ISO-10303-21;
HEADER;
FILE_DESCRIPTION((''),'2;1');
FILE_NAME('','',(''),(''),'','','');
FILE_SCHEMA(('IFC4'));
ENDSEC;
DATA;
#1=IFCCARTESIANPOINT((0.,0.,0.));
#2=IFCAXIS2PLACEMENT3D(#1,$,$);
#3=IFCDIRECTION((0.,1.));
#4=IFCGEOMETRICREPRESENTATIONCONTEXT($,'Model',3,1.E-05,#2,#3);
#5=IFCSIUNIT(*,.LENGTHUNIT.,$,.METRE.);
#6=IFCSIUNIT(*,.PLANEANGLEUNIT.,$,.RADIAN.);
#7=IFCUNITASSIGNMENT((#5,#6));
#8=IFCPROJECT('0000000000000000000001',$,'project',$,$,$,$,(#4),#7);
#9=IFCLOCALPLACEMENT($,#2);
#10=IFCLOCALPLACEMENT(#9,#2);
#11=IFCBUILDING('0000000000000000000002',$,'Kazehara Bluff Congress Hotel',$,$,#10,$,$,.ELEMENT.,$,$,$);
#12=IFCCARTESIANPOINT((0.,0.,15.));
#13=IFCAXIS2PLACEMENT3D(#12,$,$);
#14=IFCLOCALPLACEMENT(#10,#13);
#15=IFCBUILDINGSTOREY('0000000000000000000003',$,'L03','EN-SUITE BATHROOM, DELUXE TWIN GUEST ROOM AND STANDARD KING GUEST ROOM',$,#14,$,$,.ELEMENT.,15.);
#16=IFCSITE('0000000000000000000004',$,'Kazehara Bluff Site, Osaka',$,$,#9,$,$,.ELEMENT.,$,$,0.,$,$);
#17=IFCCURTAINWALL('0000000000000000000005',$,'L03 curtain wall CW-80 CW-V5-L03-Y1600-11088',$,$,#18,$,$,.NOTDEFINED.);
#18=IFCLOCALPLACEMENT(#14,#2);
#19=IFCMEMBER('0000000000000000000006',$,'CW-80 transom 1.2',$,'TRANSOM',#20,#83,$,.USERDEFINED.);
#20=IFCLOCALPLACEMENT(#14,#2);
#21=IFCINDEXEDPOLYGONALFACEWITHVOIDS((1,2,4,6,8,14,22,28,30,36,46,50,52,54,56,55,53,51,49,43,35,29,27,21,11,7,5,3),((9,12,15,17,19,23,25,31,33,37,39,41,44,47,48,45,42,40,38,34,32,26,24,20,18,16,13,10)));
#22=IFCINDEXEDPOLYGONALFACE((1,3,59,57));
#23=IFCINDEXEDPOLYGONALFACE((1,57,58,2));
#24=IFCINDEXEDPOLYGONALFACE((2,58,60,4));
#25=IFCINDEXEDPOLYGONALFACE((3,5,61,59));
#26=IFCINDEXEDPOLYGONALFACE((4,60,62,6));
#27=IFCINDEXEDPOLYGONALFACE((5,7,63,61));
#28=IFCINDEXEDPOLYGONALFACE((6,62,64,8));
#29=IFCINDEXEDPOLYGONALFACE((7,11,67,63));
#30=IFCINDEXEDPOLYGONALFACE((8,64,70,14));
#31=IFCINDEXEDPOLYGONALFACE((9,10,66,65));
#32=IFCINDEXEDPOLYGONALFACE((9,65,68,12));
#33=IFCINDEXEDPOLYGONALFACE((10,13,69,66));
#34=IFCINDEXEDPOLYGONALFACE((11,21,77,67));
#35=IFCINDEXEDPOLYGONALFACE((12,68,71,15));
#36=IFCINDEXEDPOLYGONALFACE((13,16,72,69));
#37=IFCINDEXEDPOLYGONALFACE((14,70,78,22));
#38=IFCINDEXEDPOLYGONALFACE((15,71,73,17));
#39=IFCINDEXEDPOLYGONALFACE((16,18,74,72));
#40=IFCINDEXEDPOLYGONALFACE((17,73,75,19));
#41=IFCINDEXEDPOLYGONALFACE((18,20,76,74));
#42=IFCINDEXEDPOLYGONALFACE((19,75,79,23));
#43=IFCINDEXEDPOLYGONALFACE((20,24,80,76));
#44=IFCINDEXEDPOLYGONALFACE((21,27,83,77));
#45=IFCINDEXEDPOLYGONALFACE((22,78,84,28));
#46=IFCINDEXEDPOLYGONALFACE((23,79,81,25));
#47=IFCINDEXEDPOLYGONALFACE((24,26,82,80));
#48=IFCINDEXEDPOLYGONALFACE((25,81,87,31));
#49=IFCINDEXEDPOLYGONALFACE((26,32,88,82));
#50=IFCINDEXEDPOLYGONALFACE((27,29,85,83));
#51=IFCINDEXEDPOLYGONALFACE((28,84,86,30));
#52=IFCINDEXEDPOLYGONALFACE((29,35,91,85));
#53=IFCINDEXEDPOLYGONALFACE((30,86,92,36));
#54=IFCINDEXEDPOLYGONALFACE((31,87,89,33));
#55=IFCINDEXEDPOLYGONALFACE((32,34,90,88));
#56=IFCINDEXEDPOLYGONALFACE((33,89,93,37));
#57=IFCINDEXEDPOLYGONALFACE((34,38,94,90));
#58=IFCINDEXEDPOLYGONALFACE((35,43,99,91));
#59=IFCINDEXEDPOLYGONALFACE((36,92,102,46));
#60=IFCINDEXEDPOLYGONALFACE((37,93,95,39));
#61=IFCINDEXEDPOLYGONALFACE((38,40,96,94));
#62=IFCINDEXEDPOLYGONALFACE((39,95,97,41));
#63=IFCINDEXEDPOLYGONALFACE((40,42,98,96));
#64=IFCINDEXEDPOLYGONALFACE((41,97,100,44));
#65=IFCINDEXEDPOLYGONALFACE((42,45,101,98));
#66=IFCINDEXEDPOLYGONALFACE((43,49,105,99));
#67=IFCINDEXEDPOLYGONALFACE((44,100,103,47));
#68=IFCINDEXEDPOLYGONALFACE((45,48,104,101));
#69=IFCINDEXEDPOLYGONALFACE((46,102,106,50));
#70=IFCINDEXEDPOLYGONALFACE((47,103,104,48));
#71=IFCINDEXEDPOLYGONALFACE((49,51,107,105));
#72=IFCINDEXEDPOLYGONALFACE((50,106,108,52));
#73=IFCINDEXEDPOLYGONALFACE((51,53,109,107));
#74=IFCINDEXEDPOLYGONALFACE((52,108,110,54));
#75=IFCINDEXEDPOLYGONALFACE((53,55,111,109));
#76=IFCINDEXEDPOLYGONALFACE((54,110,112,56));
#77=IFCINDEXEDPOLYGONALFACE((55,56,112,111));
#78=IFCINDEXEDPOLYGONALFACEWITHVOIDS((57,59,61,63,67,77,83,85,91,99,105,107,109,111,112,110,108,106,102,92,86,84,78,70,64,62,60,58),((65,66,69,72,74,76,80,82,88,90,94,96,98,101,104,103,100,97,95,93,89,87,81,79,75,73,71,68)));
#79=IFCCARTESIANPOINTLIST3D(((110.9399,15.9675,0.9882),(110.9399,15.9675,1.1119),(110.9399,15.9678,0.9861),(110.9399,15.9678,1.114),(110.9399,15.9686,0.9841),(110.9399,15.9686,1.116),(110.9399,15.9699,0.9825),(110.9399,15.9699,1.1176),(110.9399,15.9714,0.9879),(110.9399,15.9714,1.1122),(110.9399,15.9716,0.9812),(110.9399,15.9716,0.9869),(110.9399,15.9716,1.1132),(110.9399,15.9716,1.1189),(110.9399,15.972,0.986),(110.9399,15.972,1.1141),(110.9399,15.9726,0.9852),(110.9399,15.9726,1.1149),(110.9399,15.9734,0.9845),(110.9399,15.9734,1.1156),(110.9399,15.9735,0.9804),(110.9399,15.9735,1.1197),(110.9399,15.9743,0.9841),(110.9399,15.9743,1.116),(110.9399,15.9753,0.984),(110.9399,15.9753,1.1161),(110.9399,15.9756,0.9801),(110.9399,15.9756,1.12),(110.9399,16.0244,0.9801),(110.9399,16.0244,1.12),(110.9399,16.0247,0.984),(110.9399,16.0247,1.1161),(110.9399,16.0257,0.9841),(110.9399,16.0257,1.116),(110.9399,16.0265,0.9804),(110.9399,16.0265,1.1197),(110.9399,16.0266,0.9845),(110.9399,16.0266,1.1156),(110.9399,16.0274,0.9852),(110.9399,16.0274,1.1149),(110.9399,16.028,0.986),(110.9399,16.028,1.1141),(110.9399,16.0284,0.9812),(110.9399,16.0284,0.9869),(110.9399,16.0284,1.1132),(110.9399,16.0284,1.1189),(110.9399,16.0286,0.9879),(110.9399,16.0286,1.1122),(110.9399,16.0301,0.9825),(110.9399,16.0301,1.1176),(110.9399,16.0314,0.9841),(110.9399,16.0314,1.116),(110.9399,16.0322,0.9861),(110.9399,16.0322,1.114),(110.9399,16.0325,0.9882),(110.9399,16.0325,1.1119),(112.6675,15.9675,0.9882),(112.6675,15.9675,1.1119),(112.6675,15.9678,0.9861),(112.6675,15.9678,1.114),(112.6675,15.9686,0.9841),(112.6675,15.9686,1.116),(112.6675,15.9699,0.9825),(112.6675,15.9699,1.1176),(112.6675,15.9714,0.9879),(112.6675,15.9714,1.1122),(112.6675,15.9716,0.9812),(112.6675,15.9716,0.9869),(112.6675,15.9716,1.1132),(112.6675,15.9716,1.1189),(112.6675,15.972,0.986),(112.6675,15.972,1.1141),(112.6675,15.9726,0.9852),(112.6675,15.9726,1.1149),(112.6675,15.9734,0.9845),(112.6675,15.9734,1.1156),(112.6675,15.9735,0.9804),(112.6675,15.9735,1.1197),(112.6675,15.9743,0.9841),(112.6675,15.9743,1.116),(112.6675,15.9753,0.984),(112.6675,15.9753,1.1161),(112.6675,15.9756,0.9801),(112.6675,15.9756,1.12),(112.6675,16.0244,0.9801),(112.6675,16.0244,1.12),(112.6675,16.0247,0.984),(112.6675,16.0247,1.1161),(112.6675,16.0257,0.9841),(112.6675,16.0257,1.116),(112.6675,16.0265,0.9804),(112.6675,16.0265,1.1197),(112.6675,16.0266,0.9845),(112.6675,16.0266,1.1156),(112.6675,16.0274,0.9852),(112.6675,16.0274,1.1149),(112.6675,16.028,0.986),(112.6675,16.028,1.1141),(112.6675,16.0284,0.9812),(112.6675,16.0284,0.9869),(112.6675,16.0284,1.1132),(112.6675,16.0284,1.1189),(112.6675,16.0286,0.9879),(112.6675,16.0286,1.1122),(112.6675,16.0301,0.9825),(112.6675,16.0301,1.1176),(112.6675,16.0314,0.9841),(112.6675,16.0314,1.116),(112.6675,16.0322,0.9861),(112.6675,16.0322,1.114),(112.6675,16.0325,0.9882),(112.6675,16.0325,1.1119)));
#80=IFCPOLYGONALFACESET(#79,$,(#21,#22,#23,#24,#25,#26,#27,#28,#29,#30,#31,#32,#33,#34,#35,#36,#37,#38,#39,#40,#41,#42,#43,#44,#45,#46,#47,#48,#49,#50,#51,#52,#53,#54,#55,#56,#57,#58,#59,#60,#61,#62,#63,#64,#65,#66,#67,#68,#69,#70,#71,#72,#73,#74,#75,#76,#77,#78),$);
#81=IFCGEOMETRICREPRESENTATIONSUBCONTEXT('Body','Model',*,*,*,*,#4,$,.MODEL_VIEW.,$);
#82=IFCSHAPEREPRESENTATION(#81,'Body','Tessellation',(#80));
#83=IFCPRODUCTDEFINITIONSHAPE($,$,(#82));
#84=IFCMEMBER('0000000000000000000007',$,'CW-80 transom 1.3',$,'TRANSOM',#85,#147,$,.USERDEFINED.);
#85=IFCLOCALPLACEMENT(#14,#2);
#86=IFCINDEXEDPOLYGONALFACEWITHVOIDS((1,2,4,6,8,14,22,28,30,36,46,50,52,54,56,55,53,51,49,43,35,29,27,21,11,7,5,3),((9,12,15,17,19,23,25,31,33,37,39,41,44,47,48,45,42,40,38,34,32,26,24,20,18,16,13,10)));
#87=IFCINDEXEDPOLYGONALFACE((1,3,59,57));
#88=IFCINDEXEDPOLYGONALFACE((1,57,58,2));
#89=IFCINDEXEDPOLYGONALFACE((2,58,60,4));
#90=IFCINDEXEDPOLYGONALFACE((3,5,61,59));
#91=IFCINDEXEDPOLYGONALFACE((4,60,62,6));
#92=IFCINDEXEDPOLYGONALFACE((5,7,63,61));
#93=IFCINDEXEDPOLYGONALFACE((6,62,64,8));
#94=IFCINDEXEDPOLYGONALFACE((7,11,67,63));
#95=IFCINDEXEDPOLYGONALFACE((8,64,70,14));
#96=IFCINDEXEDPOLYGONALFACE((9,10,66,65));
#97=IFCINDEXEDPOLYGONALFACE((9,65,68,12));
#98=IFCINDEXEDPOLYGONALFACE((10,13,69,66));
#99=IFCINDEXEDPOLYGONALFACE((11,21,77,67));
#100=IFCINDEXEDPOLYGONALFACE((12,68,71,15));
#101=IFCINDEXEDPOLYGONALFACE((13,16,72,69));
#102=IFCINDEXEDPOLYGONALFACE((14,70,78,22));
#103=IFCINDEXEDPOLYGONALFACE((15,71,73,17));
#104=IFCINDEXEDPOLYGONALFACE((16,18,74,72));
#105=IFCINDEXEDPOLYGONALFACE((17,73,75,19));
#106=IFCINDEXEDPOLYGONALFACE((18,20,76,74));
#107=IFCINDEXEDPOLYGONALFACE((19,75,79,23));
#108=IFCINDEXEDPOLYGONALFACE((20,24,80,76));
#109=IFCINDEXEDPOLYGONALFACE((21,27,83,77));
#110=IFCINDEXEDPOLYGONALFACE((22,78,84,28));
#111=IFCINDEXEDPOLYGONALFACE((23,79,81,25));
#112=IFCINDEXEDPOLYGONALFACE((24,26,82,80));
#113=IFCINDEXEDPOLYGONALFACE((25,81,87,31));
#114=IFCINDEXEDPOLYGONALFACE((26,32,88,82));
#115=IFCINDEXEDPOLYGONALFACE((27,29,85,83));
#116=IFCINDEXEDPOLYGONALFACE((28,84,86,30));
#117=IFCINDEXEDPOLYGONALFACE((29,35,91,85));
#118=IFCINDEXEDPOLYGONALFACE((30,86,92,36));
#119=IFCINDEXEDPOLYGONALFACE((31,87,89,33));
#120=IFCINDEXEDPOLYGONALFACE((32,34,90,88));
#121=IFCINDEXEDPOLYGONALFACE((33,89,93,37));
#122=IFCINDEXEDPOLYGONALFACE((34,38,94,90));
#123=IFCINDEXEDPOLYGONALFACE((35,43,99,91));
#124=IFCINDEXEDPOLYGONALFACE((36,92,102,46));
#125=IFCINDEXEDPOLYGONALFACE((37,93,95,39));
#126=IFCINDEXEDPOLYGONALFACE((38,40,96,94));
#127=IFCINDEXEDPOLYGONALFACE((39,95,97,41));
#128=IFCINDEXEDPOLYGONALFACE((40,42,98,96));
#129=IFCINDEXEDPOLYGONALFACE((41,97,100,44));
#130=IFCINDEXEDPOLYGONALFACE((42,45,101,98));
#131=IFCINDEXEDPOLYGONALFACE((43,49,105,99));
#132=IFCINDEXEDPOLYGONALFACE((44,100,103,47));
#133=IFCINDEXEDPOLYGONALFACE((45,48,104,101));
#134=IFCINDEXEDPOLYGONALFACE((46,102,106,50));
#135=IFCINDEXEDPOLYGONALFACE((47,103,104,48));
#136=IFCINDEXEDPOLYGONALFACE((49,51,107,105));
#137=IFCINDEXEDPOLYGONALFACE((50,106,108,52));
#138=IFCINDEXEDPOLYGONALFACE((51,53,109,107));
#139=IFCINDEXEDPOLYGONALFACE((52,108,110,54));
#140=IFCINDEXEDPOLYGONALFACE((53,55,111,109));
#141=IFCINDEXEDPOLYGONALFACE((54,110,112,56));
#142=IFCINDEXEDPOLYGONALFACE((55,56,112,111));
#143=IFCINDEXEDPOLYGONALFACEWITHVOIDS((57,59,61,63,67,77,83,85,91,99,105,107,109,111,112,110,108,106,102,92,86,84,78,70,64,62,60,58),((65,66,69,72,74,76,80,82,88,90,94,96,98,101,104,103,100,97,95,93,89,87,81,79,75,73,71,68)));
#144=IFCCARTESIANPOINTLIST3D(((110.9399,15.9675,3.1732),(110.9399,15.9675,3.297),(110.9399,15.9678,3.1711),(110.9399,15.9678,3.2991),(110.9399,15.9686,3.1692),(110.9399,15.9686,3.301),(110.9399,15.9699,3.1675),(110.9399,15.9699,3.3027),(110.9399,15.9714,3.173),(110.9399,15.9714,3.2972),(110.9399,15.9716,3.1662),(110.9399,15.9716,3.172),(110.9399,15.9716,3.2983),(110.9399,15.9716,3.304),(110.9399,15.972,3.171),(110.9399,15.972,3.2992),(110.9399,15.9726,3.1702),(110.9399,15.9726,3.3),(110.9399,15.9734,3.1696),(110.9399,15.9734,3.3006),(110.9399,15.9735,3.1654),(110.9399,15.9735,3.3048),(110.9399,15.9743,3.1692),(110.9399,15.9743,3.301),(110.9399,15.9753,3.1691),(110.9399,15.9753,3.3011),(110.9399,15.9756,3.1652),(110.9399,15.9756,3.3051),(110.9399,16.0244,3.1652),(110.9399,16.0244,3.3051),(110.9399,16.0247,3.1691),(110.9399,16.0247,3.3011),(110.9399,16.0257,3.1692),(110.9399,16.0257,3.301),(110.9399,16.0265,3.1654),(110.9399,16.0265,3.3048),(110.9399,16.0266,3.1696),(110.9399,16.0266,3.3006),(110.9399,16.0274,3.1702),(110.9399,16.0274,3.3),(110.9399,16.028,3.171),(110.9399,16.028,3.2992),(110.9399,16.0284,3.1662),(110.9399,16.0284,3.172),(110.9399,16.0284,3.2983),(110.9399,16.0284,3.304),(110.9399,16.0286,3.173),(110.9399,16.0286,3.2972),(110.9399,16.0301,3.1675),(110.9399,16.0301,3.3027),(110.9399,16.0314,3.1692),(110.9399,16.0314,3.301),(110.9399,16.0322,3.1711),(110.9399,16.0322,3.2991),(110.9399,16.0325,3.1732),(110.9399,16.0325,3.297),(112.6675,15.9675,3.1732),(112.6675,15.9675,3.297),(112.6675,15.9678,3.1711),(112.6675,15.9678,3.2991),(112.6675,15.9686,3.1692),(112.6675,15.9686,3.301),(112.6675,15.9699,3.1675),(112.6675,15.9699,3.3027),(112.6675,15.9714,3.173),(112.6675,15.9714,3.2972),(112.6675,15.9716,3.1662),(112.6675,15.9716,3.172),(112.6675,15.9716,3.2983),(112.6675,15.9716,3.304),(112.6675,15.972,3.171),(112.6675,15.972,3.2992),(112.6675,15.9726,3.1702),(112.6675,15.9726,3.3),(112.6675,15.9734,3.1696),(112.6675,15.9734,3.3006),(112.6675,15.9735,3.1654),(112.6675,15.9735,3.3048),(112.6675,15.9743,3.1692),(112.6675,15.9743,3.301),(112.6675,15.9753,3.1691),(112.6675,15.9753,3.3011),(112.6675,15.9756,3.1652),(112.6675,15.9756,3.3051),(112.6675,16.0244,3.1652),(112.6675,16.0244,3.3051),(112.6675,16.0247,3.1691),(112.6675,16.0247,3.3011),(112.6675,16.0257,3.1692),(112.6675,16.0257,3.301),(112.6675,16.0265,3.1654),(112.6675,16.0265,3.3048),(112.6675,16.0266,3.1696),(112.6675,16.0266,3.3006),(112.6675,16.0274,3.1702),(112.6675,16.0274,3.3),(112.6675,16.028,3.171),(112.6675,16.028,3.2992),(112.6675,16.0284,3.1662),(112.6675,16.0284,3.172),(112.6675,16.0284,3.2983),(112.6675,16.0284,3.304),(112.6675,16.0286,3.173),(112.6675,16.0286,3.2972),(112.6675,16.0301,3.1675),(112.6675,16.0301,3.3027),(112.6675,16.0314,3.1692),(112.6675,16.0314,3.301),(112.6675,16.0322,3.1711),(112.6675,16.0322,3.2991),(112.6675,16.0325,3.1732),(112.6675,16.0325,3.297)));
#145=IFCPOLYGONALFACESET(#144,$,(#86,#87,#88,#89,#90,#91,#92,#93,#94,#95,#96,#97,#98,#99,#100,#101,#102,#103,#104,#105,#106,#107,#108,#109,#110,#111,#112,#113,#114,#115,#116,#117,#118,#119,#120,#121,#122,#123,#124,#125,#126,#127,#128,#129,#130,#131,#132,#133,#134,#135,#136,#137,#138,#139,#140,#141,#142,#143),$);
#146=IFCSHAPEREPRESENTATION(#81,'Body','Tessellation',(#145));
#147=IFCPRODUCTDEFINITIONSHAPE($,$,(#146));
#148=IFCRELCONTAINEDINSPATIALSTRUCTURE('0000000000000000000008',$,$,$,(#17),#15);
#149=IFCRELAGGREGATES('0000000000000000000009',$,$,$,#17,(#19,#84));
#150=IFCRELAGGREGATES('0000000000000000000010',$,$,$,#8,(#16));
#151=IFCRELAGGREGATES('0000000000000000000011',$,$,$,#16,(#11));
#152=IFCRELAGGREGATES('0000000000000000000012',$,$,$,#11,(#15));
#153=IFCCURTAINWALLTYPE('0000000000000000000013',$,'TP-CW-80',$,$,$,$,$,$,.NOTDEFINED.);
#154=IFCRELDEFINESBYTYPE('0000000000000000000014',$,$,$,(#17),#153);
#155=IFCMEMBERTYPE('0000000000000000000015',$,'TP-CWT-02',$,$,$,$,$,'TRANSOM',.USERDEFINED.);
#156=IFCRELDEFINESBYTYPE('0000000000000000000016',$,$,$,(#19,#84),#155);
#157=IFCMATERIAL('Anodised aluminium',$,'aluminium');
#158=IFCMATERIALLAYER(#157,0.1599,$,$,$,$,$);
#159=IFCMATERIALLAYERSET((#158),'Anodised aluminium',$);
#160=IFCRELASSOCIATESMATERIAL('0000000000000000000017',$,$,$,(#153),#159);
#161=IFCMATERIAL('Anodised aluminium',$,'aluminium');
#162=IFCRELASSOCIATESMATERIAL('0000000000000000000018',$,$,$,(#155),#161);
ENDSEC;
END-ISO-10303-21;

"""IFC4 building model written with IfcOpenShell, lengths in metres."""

from ifc_helpers import new_model, si_unit, direction, frame, origin, origin_2d, place, context, subcontext, project, spatial, hollow_rectangle, extrude, material, layer, layer_set, material_profile, profile_set, type_object, element, aggregate, save


model = new_model("IFC4")

# Units and contexts
model_context = context("Model", 3, precision=1e-05, world=origin(), true_north=direction((0.0, 1.0)))
body_context = subcontext(model_context, "Body", "Model", "MODEL_VIEW")
ifc_project = project(units=[si_unit("LENGTHUNIT", "METRE"), si_unit("PLANEANGLEUNIT", "RADIAN")], contexts=[model_context])

# Site, building, storey
site_placement = place(None, origin())
site = spatial("IfcSite", under=ifc_project, at=site_placement, Name="Kazehara Bluff Site, Osaka", CompositionType="ELEMENT", RefElevation=0.0)
building_placement = place(site_placement, origin())
building = spatial("IfcBuilding", under=site, at=building_placement, Name="Kazehara Bluff Congress Hotel", CompositionType="ELEMENT")
storey_placement = place(building_placement, frame((0.0, 0.0, 15.0)))
storey = spatial("IfcBuildingStorey", under=building, at=storey_placement, Name="L03", Description="EN-SUITE BATHROOM, DELUXE TWIN GUEST ROOM AND STANDARD KING GUEST ROOM", CompositionType="ELEMENT", Elevation=15.0)

# Curtain wall, members
ifc_material_1 = material(Name="Anodised aluminium", Category="aluminium")
ifc_layer_1 = layer(ifc_material_1, 0.1599)
ifc_layer_set_1 = layer_set([ifc_layer_1], Name="Anodised aluminium")
curtain_wall_type = type_object("IfcCurtainWallType", Name="TP-CW-80", PredefinedType="NOTDEFINED", material=ifc_layer_set_1)
curtain_wall_placement = place(storey_placement, origin())
curtain_wall = element("IfcCurtainWall", 1, at=curtain_wall_placement, inside=storey, type_object=curtain_wall_type, Name="L03 curtain wall CW-80 CW-V5-L03-Y1600-11088", PredefinedType="NOTDEFINED")
ifc_material_2 = material(Name="Anodised aluminium", Category="aluminium")
ifc_material_profile_1 = material_profile(ifc_material_2, hollow_rectangle(XDim=0.0649, YDim=0.1399, WallThickness=0.0039, InnerFilletRadius=0.0039, OuterFilletRadius=0.0081, at=origin_2d()))
ifc_profile_set_1 = profile_set([ifc_material_profile_1], Name="Anodised aluminium")
member_type_1 = type_object("IfcMemberType", Name="TP-CWT-02", ElementType="TRANSOM", PredefinedType="USERDEFINED", material=ifc_profile_set_1)
member_1_placement = place(storey_placement, frame((110.9399, 16.0, 1.05), z_axis=(1.0, 0.0, 0.0), x_axis=(0.0, 1.0, 0.0)))
member_1 = element("IfcMember", 2, at=member_1_placement, type_object=member_type_1, Name="CW-80 transom 1.2", ObjectType="TRANSOM", PredefinedType="USERDEFINED", context=body_context, shape_type="SweptSolid", body=[
    extrude(hollow_rectangle(XDim=0.0649, YDim=0.1399, WallThickness=0.0039, InnerFilletRadius=0.0039, OuterFilletRadius=0.0081, at=origin_2d()), origin(), (0.0, 0.0, 1.0), 1.7275),
])
member_2_placement = place(storey_placement, frame((110.9399, 16.0, 3.2351), z_axis=(1.0, 0.0, 0.0), x_axis=(0.0, 1.0, 0.0)))
member_2 = element("IfcMember", 3, at=member_2_placement, type_object=member_type_1, Name="CW-80 transom 1.3", ObjectType="TRANSOM", PredefinedType="USERDEFINED", context=body_context, shape_type="SweptSolid", body=[
    extrude(hollow_rectangle(XDim=0.0649, YDim=0.1399, WallThickness=0.0039, InnerFilletRadius=0.0039, OuterFilletRadius=0.0081, at=origin_2d()), origin(), (0.0, 0.0, 1.0), 1.7275),
])

aggregate(curtain_wall, [member_1, member_2])

save(model, "model.ifc")
